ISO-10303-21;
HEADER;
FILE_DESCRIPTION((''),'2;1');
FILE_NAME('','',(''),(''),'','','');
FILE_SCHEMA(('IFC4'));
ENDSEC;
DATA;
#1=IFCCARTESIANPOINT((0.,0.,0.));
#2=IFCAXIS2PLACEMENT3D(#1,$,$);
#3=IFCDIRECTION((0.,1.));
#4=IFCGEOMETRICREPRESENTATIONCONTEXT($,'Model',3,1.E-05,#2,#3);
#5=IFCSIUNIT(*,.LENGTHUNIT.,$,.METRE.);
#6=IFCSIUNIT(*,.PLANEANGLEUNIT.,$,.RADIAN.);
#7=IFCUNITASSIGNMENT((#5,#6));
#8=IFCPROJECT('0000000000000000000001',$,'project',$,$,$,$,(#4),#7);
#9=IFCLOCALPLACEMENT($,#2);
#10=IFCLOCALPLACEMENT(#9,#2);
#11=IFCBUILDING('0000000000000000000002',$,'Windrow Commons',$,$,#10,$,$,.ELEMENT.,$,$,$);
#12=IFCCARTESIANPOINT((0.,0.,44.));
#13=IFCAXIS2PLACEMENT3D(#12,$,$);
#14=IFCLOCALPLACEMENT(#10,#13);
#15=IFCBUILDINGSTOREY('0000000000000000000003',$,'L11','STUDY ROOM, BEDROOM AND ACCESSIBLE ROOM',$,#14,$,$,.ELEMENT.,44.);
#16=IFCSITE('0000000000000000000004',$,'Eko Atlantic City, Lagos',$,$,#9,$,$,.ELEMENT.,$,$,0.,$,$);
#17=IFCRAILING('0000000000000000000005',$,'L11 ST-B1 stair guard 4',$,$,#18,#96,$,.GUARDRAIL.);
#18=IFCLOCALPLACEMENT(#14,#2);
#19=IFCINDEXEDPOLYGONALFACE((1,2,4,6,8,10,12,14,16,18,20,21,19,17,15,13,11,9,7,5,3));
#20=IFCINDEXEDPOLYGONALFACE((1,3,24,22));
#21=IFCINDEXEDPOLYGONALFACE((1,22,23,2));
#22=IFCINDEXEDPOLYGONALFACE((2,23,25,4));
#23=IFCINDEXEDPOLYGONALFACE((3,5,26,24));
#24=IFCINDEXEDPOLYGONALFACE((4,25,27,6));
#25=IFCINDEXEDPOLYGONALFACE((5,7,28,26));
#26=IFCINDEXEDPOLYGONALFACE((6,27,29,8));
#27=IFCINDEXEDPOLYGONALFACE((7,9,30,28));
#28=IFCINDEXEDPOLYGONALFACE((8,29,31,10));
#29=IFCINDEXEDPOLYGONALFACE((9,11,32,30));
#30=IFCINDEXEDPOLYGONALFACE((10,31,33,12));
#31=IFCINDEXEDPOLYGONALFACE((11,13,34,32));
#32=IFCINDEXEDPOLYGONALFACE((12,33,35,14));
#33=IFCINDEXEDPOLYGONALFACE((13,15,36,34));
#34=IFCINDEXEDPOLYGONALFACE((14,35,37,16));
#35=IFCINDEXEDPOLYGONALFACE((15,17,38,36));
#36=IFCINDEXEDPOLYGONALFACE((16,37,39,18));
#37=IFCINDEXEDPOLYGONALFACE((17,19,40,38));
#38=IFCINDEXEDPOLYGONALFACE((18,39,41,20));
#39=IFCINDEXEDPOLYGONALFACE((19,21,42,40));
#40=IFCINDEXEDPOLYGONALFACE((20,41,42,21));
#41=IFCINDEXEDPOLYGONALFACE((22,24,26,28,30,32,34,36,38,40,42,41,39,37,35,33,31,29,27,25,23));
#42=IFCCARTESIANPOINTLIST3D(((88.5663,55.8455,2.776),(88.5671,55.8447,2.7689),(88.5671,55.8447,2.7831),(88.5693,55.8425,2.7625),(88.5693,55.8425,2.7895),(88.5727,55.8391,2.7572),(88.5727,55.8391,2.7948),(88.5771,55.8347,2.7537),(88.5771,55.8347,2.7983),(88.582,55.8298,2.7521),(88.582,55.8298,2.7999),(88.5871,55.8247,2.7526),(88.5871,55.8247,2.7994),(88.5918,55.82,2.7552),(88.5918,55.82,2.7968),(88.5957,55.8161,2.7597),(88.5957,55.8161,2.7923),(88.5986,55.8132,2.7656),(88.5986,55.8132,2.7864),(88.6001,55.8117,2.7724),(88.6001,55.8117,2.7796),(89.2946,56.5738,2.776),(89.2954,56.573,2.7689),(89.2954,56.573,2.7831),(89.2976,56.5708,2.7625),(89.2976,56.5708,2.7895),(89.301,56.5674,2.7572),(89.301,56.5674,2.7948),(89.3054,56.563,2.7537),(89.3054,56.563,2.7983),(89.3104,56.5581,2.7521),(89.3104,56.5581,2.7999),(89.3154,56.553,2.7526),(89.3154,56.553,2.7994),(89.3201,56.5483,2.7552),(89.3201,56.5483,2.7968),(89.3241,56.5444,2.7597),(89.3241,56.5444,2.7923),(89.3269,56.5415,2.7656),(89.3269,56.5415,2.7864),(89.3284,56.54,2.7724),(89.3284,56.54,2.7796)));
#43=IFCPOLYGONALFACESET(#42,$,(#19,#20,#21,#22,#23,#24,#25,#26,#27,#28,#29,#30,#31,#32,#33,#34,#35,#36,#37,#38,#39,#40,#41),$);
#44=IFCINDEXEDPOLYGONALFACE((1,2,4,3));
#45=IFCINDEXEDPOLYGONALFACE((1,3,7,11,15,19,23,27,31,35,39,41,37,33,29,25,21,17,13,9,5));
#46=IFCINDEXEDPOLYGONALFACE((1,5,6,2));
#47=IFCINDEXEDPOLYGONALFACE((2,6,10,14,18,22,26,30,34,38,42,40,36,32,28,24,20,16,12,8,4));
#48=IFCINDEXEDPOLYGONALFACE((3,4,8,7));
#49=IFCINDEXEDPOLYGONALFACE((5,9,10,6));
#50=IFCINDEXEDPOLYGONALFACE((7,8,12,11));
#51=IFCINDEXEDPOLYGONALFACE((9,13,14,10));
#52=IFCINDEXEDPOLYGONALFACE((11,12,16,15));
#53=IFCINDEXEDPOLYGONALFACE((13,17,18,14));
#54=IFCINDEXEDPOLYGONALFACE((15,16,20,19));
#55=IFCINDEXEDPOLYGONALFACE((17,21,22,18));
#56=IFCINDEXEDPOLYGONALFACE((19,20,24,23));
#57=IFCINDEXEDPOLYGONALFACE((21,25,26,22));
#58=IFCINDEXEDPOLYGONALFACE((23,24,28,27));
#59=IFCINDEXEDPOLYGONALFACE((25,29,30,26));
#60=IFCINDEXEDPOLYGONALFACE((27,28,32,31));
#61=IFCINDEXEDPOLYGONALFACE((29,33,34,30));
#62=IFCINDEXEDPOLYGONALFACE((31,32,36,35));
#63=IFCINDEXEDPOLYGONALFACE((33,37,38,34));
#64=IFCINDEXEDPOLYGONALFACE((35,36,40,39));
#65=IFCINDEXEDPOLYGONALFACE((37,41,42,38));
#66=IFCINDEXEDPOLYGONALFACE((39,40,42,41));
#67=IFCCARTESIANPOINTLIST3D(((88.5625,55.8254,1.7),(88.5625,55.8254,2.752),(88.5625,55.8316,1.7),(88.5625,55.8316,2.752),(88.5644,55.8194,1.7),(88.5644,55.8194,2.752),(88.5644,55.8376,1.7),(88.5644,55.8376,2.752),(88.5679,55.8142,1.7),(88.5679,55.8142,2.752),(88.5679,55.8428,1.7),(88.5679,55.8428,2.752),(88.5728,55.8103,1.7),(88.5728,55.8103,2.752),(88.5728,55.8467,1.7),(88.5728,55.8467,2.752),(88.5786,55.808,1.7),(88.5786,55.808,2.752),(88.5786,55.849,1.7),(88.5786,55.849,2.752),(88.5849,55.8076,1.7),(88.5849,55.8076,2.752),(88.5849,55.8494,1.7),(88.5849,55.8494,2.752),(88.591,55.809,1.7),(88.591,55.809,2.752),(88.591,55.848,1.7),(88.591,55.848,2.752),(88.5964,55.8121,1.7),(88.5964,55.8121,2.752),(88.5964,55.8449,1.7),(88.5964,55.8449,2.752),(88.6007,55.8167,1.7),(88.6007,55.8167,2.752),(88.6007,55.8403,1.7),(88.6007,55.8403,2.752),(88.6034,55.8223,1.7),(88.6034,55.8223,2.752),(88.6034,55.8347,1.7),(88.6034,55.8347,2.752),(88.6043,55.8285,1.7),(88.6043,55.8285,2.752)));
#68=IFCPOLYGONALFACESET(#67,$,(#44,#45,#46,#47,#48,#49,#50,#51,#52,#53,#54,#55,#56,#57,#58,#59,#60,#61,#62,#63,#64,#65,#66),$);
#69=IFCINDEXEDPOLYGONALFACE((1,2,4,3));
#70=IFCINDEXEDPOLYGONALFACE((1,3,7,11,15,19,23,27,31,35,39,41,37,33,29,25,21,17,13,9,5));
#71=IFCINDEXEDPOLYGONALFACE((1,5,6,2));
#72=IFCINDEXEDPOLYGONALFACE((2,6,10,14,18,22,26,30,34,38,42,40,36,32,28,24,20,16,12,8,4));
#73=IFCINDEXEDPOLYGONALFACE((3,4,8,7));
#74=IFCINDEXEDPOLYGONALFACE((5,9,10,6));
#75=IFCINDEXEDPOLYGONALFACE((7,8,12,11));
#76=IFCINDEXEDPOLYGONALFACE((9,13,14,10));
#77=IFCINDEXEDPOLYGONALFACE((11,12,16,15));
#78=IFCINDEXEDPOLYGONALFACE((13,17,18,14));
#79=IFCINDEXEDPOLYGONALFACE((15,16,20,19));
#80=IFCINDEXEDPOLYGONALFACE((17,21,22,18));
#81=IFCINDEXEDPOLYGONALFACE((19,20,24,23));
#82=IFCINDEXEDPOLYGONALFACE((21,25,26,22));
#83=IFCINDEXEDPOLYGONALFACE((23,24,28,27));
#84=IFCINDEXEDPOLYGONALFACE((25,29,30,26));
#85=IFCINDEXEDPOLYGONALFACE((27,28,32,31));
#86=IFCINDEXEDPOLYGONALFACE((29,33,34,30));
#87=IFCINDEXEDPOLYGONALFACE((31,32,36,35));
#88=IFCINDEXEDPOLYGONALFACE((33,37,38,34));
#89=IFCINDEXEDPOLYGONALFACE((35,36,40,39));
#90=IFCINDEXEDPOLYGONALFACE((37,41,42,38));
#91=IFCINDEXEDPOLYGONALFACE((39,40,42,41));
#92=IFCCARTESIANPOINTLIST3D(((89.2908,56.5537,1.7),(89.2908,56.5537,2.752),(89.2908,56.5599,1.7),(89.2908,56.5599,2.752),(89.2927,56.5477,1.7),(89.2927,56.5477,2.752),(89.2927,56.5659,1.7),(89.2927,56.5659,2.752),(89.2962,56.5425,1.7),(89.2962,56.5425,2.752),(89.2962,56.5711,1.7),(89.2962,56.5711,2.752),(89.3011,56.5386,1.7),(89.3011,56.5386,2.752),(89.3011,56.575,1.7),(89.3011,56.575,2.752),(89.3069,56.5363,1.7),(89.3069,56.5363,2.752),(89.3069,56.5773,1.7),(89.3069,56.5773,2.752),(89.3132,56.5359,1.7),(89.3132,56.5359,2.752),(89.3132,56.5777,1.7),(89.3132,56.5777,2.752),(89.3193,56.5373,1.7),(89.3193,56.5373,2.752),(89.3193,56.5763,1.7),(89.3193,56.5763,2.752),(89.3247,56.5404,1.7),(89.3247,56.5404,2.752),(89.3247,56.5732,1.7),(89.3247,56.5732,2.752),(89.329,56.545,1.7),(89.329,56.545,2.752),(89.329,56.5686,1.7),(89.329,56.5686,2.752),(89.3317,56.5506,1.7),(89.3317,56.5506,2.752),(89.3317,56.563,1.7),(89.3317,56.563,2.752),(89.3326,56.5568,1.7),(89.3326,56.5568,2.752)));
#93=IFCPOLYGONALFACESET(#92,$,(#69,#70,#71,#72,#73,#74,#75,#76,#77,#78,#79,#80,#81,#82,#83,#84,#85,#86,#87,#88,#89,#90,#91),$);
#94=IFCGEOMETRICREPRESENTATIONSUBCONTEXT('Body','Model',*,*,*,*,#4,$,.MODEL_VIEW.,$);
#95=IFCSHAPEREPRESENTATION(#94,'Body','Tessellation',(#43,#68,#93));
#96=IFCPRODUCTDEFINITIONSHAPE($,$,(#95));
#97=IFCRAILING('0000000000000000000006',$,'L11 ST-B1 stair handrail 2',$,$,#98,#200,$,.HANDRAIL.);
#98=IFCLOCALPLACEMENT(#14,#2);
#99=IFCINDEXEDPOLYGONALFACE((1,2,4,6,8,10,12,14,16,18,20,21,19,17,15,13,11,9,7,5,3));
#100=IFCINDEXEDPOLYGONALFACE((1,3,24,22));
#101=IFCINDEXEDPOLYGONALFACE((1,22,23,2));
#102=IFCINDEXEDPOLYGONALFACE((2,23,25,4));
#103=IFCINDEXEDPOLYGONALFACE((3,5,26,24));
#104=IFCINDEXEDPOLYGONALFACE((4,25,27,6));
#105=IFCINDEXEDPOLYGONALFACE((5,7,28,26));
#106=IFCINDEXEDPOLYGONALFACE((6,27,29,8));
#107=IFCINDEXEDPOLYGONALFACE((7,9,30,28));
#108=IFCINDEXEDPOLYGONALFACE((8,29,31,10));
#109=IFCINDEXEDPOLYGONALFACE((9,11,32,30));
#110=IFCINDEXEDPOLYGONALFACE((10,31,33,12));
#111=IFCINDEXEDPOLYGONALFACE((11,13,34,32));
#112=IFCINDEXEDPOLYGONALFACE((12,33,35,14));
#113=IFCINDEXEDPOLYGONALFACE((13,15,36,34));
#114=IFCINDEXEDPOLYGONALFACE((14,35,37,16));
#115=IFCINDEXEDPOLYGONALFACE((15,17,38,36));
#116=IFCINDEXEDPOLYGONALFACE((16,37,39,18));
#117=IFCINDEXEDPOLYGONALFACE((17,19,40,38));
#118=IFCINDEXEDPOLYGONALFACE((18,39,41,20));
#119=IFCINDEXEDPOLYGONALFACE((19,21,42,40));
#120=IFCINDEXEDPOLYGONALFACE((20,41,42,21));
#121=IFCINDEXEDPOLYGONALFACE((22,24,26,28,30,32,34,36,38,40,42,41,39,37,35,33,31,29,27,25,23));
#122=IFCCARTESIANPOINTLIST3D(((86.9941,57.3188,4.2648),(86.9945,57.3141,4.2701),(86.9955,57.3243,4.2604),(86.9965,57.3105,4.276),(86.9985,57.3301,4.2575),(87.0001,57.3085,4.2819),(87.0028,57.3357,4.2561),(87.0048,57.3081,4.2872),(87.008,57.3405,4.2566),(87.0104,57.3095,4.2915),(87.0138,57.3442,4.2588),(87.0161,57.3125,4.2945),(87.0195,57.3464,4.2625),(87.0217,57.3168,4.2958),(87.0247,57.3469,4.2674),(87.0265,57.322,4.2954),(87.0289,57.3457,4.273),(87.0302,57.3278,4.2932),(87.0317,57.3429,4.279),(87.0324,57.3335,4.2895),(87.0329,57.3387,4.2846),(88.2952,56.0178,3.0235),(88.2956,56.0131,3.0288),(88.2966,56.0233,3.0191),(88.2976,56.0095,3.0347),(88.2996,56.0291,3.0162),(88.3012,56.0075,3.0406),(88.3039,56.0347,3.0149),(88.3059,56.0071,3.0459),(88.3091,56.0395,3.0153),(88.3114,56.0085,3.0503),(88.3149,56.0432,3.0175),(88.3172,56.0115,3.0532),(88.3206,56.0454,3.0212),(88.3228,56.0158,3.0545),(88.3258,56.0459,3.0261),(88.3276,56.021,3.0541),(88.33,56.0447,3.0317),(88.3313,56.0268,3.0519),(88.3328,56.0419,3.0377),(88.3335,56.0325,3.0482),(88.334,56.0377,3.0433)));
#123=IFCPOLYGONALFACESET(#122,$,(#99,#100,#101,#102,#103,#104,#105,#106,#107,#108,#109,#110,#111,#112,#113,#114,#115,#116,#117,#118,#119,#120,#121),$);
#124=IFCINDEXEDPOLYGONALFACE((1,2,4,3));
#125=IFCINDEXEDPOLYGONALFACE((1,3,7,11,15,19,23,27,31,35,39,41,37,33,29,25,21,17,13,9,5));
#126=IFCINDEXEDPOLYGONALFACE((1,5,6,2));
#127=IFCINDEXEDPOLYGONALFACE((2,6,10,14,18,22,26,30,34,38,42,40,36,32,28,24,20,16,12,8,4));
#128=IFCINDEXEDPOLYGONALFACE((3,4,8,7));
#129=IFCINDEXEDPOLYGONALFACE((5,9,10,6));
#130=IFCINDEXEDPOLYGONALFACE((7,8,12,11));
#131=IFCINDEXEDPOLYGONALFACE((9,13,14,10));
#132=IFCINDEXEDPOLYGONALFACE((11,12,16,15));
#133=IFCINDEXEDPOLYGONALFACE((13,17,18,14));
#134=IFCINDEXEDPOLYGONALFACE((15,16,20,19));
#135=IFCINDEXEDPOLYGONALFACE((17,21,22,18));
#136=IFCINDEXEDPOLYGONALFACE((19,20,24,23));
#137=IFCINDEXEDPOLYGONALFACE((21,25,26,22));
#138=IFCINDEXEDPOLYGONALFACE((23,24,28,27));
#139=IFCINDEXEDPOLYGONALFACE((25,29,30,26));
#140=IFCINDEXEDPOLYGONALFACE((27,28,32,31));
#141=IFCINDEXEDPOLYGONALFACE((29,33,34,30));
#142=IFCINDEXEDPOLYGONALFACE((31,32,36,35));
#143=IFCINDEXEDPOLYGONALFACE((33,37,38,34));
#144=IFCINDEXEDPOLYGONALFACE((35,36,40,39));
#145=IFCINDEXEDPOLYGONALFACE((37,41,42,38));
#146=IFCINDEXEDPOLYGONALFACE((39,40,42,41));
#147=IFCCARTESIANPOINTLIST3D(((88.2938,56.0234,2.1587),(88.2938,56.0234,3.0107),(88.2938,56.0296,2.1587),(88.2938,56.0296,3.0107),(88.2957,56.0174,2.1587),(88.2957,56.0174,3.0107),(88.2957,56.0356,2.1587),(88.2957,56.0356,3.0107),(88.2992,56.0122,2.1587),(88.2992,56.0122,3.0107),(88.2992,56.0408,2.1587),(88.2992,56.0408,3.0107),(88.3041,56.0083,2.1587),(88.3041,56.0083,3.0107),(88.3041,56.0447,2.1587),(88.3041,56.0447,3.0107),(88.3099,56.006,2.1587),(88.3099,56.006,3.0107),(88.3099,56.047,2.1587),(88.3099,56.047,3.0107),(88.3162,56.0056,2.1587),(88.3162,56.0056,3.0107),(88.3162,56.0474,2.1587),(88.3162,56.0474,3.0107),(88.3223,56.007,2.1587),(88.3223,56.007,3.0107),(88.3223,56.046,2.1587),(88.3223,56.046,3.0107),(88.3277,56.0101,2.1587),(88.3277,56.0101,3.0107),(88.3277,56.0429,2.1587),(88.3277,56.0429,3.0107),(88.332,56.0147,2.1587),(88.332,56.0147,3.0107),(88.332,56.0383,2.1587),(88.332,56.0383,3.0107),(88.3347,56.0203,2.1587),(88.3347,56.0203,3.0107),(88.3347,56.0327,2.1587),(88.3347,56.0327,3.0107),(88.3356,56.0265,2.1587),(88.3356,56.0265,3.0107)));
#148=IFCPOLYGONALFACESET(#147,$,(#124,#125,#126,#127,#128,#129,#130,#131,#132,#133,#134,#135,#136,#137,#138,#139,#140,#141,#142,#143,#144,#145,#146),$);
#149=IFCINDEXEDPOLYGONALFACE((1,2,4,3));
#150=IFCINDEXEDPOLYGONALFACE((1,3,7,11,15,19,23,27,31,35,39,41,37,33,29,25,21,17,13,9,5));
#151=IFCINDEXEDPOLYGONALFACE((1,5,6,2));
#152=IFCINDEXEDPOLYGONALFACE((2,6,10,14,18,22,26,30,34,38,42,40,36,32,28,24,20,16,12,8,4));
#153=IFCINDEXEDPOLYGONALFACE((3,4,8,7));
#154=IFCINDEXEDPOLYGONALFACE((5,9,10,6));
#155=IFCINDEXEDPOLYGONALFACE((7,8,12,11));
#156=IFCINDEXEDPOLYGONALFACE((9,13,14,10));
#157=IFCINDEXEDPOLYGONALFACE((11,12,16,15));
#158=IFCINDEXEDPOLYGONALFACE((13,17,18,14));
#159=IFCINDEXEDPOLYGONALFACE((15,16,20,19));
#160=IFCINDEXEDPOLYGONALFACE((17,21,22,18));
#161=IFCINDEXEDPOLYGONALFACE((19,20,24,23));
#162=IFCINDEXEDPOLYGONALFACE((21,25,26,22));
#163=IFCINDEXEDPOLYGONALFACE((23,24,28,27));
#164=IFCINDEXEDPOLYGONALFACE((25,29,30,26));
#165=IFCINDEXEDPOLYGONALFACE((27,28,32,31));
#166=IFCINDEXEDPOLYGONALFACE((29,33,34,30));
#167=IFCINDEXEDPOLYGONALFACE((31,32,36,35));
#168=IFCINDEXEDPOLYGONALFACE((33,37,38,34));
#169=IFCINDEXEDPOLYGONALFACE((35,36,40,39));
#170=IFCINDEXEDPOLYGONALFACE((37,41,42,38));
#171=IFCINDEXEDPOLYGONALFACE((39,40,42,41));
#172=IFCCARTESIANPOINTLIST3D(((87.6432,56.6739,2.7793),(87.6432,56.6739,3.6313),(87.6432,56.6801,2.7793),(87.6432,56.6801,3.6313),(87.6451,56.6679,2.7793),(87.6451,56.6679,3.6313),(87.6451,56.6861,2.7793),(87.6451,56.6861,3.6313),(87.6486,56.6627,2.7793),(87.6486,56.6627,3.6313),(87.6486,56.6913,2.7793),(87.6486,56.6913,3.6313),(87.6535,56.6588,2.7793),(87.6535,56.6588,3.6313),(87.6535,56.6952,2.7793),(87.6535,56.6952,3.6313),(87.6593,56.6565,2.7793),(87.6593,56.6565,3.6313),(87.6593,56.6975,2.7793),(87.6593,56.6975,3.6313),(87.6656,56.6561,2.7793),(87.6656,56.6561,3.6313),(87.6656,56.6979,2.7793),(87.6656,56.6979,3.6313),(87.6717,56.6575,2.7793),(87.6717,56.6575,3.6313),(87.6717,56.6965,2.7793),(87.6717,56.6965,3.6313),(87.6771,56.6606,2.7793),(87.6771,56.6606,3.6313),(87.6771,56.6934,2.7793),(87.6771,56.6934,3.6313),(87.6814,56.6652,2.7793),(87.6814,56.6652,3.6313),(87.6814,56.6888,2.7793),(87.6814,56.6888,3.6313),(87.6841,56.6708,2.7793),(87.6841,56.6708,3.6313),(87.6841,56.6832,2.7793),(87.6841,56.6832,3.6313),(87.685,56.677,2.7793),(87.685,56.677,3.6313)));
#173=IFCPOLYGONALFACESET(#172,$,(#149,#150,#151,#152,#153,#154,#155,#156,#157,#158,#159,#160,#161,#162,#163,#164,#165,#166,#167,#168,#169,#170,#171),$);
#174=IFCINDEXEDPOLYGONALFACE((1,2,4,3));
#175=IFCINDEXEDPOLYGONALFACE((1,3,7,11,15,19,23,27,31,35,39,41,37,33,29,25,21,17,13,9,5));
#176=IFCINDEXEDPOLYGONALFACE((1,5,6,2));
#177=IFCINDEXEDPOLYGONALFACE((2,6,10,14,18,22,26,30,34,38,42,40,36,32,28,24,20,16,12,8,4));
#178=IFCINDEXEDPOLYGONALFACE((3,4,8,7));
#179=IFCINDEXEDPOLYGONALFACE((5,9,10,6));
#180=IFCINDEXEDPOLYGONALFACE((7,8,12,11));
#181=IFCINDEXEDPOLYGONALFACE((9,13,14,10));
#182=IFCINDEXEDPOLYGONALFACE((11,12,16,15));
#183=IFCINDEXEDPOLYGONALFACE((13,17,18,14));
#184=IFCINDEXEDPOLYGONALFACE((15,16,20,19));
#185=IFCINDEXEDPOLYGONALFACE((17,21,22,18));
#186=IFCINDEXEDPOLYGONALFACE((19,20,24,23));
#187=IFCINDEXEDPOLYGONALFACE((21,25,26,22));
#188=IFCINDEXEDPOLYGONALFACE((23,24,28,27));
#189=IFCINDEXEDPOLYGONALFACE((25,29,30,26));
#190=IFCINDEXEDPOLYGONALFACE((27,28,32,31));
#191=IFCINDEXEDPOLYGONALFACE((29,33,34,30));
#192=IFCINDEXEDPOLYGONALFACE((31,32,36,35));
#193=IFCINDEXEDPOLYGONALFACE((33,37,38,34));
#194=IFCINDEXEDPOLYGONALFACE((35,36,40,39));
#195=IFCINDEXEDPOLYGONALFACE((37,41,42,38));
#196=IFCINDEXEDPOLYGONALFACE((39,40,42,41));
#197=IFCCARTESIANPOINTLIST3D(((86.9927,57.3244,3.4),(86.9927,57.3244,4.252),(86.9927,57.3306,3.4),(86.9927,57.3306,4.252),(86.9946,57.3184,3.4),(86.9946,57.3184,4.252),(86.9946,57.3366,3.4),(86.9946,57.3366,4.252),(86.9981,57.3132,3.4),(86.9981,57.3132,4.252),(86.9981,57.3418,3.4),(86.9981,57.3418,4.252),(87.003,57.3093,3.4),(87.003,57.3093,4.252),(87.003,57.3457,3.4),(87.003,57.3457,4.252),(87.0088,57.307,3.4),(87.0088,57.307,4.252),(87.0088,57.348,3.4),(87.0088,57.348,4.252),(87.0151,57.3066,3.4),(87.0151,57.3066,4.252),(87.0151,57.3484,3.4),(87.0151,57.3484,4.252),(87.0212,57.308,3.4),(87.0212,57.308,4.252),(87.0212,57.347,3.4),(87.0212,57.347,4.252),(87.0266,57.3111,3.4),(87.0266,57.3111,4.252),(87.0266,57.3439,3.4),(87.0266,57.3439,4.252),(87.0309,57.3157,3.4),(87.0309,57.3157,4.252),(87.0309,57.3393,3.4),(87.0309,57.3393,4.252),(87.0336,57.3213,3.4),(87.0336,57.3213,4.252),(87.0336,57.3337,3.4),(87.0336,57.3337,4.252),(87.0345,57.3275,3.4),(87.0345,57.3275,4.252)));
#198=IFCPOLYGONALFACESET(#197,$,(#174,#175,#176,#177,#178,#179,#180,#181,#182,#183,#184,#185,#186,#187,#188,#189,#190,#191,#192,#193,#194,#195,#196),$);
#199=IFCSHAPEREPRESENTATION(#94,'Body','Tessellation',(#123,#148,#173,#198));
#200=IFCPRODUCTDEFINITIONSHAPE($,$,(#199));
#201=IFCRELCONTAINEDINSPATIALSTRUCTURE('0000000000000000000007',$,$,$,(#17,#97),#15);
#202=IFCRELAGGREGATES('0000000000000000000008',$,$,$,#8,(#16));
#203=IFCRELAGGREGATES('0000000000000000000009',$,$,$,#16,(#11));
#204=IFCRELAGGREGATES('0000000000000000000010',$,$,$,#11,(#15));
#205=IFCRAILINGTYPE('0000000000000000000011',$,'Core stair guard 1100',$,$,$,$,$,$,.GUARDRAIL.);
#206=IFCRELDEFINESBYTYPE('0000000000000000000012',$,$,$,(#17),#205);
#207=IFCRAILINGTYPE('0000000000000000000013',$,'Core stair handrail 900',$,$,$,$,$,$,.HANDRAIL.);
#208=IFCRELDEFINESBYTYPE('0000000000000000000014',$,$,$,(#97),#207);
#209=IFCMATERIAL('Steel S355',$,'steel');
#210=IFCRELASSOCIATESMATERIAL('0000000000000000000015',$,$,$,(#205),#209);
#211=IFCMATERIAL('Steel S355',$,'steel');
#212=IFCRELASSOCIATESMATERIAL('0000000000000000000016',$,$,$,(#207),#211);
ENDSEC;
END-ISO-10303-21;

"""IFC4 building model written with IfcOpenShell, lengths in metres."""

from ifc_helpers import new_model, si_unit, direction, frame, origin, origin_2d, place, context, subcontext, project, spatial, circle, extrude, material, type_object, element, save


model = new_model("IFC4")

# Units and contexts
model_context = context("Model", 3, precision=1e-05, world=origin(), true_north=direction((0.0, 1.0)))
body_context = subcontext(model_context, "Body", "Model", "MODEL_VIEW")
ifc_project = project(units=[si_unit("LENGTHUNIT", "METRE"), si_unit("PLANEANGLEUNIT", "RADIAN")], contexts=[model_context])

# Site, building, storey
site_placement = place(None, origin())
site = spatial("IfcSite", under=ifc_project, at=site_placement, Name="Eko Atlantic City, Lagos", CompositionType="ELEMENT", RefElevation=0.0)
building_placement = place(site_placement, origin())
building = spatial("IfcBuilding", under=site, at=building_placement, Name="Windrow Commons", CompositionType="ELEMENT")
storey_placement = place(building_placement, frame((0.0, 0.0, 44.0)))
storey = spatial("IfcBuildingStorey", under=building, at=storey_placement, Name="L11", Description="STUDY ROOM, BEDROOM AND ACCESSIBLE ROOM", CompositionType="ELEMENT", Elevation=44.0)

# Railings
ifc_material_1 = material(Name="Steel S355", Category="steel")
railing_type_1 = type_object("IfcRailingType", Name="Core stair guard 1100", PredefinedType="GUARDRAIL", material=ifc_material_1)
railing_1_placement = place(storey_placement, frame((88.5833, 55.8285, 1.7)))
element("IfcRailing", 1, at=railing_1_placement, inside=storey, type_object=railing_type_1, Name="L11 ST-B1 stair guard 4", PredefinedType="GUARDRAIL", context=body_context, shape_type="SweptSolid", body=[
    extrude(circle(Radius=0.024, at=origin_2d()), frame((0.0, 0.0, 1.076), z_axis=(0.707107, 0.707107, 0.0), x_axis=(-0.707107, 0.707107, 0.0)), (0.0, 0.0, 1.0), 1.03),
    extrude(circle(Radius=0.021, at=origin_2d()), origin(), (0.0, 0.0, 1.0), 1.052),
    extrude(circle(Radius=0.021, at=origin_2d()), frame((0.7283, 0.7283, 0.0)), (0.0, 0.0, 1.0), 1.052),
])
ifc_material_2 = material(Name="Steel S355", Category="steel")
railing_type_2 = type_object("IfcRailingType", Name="Core stair handrail 900", PredefinedType="HANDRAIL", material=ifc_material_2)
railing_2_placement = place(storey_placement, frame((88.3146, 56.0265, 2.1587)))
element("IfcRailing", 2, at=railing_2_placement, inside=storey, type_object=railing_type_2, Name="L11 ST-B1 stair handrail 2", PredefinedType="HANDRAIL", context=body_context, shape_type="SweptSolid", body=[
    extrude(circle(Radius=0.024, at=origin_2d()), frame((0.0, 0.0, 0.876), z_axis=(-0.586207, 0.586162, 0.559264), x_axis=(-0.70708, -0.707134, 0.0)), (0.0, 0.0, 1.0), 2.2195),
    extrude(circle(Radius=0.021, at=origin_2d()), origin(), (0.0, 0.0, 1.0), 0.852),
    extrude(circle(Radius=0.021, at=origin_2d()), frame((-0.6506, 0.6505, 0.6206)), (0.0, 0.0, 1.0), 0.852),
    extrude(circle(Radius=0.021, at=origin_2d()), frame((-1.3011, 1.301, 1.2413)), (0.0, 0.0, 1.0), 0.852),
])

save(model, "model.ifc")
